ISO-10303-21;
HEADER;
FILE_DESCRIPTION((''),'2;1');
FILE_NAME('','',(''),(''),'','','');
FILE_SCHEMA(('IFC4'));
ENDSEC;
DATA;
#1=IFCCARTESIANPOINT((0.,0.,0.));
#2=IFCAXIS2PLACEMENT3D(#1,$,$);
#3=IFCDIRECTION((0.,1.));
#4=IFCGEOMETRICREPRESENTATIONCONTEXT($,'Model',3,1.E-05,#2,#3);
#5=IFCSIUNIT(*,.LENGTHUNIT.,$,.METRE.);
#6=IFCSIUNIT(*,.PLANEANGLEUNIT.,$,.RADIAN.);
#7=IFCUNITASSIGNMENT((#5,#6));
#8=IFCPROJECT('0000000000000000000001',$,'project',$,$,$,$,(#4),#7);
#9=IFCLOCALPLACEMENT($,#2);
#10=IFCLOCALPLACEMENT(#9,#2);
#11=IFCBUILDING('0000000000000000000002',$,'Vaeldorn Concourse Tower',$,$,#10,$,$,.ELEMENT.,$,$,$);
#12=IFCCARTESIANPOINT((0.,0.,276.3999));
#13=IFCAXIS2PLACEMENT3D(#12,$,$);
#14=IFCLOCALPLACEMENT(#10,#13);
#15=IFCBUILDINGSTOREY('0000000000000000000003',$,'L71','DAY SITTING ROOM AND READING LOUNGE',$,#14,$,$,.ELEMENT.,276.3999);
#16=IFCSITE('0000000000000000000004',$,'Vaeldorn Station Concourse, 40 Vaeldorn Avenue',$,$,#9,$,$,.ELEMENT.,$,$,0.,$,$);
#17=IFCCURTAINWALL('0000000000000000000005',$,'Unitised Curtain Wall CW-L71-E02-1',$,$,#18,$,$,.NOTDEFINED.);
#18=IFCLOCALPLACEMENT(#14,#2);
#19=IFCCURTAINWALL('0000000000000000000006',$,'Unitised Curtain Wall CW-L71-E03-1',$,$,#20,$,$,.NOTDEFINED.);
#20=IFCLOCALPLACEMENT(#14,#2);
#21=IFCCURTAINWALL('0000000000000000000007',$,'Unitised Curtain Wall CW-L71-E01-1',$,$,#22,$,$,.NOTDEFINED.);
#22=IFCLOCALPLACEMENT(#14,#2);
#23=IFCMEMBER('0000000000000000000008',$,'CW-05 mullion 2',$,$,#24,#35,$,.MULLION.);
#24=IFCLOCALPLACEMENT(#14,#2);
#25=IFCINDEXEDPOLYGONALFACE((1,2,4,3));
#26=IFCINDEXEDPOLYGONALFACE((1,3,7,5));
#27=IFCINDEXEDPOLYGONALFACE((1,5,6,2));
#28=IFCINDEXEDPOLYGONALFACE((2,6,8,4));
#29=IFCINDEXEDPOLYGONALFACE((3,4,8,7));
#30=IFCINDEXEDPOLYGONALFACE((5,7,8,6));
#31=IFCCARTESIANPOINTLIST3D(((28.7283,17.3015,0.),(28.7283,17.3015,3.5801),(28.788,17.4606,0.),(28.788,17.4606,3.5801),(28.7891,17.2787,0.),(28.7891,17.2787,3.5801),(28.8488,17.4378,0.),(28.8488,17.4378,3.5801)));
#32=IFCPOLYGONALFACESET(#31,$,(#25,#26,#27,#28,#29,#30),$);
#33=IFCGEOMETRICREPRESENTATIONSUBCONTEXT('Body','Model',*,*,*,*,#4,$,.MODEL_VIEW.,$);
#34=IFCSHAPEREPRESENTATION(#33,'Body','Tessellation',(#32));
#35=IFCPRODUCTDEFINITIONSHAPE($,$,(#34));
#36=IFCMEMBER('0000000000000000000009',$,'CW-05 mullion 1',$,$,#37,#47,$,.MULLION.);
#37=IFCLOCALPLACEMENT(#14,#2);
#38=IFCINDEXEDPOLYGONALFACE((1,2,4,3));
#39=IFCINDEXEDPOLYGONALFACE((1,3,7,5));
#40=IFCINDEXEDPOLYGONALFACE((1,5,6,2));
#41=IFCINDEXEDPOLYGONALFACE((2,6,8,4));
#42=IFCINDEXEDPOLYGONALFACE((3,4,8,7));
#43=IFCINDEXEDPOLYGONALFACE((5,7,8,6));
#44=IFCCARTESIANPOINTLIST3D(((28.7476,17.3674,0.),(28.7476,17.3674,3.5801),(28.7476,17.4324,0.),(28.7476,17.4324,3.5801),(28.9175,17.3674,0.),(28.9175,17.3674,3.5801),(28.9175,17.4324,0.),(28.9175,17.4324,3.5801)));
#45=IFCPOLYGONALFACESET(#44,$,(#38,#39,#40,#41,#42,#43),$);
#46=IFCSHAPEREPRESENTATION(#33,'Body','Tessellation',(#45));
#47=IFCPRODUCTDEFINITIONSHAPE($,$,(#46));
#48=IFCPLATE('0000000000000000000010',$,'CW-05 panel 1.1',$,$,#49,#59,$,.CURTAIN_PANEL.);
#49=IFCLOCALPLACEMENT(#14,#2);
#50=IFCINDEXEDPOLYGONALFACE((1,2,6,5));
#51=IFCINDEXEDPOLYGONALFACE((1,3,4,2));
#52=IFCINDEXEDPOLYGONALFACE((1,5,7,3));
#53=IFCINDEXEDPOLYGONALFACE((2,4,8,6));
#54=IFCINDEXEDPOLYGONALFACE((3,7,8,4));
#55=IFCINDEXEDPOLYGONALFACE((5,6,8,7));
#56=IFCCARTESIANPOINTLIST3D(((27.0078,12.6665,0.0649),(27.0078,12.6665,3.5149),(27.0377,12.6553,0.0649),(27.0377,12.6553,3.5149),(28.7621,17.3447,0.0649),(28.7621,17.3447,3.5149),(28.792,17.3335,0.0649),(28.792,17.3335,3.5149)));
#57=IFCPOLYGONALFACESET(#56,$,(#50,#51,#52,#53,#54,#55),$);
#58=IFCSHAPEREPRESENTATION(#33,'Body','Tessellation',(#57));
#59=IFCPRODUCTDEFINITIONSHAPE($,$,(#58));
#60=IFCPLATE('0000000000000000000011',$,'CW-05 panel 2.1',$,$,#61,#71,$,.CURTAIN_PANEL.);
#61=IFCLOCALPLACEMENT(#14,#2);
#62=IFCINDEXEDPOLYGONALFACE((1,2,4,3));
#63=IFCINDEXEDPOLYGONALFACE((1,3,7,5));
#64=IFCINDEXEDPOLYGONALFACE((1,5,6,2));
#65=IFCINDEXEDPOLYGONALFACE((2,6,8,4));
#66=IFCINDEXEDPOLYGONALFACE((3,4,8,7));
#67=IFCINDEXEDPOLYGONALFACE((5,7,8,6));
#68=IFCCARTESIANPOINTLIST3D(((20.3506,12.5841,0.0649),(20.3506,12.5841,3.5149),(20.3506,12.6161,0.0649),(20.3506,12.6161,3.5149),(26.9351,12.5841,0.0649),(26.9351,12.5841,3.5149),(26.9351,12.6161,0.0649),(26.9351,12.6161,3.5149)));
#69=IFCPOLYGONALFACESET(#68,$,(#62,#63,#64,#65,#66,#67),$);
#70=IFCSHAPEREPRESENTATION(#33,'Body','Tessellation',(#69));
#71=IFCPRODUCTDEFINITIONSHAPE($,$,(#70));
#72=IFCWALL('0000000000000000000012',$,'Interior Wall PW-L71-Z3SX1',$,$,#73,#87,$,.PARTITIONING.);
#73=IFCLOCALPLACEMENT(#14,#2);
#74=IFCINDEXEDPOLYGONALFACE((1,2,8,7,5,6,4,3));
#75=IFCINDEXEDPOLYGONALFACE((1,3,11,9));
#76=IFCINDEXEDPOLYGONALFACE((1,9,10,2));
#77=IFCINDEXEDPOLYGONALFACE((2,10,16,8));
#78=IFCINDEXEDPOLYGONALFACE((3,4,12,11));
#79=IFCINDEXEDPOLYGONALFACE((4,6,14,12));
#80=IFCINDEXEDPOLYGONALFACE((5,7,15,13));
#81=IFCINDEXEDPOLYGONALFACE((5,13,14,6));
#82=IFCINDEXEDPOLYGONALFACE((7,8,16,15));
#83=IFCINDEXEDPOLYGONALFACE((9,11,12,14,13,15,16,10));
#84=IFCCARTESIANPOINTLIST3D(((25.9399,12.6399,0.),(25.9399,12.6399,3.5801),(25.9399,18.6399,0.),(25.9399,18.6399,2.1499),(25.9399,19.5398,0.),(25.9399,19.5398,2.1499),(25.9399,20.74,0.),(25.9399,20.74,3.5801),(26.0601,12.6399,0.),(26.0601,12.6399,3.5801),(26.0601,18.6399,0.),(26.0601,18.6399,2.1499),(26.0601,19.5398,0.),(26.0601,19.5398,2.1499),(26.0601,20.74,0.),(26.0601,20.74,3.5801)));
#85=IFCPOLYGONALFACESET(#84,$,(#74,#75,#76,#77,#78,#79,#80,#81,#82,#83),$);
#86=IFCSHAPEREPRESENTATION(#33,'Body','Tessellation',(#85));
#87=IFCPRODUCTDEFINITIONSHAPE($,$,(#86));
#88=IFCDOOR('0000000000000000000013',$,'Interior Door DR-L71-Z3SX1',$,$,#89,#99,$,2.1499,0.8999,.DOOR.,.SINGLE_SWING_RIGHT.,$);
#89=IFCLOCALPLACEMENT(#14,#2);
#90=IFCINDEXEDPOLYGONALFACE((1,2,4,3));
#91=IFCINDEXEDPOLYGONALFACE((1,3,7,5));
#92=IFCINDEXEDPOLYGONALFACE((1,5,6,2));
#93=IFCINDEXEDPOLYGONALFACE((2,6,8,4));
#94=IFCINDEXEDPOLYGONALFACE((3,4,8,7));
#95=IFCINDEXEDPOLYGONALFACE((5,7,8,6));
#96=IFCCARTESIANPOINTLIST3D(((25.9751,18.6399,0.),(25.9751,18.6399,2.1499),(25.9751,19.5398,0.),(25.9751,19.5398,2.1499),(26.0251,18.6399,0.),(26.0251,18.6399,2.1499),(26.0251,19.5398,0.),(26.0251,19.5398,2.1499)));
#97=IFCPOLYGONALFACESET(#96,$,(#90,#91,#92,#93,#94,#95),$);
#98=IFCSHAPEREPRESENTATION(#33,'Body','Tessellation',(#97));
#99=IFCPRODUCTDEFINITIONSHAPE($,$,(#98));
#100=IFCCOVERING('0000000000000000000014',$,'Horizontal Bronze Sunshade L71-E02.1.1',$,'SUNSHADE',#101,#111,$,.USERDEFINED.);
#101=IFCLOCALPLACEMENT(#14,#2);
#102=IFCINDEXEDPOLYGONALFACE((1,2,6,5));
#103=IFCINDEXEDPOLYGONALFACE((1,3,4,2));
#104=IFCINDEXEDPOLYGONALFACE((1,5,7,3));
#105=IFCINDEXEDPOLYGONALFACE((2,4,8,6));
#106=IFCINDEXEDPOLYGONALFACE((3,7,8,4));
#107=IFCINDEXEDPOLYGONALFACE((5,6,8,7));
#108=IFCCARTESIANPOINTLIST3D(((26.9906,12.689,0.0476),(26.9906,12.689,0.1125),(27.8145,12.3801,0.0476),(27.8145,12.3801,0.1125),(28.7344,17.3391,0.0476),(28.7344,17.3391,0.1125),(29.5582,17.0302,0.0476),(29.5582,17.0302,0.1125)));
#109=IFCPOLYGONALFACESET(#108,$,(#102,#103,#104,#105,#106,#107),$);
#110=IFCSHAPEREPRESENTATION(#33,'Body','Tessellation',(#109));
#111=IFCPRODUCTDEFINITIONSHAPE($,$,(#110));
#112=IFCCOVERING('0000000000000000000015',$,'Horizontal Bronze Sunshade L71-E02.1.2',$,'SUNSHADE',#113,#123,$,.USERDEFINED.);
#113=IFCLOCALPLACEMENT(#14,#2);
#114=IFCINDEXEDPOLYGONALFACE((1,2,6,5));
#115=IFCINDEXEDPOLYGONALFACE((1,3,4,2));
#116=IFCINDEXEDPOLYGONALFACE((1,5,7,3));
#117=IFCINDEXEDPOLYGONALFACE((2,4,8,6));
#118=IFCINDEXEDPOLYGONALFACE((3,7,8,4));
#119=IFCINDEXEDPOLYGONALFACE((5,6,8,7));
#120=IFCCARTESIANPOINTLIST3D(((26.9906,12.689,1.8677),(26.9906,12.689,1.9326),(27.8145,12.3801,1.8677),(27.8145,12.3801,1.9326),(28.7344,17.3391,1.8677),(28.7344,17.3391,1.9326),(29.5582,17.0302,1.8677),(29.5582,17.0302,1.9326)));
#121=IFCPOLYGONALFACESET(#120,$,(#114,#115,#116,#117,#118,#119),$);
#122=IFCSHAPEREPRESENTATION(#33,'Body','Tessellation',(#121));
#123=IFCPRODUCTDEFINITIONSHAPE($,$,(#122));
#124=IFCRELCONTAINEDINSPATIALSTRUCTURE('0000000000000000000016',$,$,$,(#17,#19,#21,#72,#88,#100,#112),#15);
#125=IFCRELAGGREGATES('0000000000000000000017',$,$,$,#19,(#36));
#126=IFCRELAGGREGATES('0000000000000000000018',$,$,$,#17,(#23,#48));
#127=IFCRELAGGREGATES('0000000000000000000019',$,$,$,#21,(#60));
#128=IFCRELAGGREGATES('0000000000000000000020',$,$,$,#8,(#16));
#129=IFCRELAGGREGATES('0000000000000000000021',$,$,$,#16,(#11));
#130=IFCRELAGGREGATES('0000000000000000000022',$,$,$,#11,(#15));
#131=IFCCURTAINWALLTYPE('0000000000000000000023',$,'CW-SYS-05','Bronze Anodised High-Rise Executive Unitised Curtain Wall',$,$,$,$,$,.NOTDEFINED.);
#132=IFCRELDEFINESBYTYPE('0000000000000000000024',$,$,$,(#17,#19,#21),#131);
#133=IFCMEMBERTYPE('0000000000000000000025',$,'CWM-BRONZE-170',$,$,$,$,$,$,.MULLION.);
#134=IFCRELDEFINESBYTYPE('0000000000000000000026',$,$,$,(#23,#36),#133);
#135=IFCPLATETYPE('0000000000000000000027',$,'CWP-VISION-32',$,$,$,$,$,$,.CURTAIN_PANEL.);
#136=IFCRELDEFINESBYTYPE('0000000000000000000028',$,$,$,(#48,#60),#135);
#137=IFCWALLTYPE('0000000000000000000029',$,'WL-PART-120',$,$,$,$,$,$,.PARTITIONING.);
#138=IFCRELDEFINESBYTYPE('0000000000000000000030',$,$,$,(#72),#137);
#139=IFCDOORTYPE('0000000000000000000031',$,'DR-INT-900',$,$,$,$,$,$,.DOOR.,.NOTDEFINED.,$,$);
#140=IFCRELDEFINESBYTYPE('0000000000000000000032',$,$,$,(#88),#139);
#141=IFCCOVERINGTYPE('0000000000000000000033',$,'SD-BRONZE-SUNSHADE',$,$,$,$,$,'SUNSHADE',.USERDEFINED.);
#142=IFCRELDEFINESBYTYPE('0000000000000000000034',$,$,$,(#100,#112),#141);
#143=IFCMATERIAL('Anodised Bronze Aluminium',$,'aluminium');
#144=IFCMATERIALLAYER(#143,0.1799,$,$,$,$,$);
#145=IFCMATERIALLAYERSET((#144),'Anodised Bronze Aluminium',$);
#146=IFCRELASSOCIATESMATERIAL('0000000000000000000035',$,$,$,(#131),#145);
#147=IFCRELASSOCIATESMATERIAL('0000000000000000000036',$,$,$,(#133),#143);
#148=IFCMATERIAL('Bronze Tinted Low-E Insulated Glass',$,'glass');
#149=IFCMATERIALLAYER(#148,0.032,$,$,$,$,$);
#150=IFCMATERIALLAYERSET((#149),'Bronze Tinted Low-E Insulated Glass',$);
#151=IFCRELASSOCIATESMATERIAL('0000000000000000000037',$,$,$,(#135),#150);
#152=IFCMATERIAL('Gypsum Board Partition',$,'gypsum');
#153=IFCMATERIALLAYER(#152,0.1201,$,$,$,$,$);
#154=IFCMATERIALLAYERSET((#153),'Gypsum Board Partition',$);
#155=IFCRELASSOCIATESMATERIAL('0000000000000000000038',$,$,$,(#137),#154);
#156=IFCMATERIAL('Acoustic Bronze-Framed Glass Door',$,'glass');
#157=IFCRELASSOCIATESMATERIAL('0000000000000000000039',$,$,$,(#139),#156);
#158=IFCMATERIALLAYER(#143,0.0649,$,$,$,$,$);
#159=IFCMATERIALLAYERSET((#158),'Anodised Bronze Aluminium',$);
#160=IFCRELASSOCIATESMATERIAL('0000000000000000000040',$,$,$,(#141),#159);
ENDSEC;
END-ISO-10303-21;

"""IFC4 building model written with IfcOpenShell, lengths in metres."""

from ifc_helpers import new_model, si_unit, direction, frame, frame_2d, origin, origin_2d, place, context, subcontext, project, spatial, rectangle, extrude, source, transform, mapped, material, layer, layer_set, material_profile, profile_set, type_object, element, fill, aggregate, save


model = new_model("IFC4")

# Units and contexts
model_context = context("Model", 3, precision=1e-05, world=origin(), true_north=direction((0.0, 1.0)))
body_context = subcontext(model_context, "Body", "Model", "MODEL_VIEW")
ifc_project = project(units=[si_unit("LENGTHUNIT", "METRE"), si_unit("PLANEANGLEUNIT", "RADIAN")], contexts=[model_context])

# Site, building, storey
site_placement = place(None, origin())
site = spatial("IfcSite", under=ifc_project, at=site_placement, Name="Vaeldorn Station Concourse, 40 Vaeldorn Avenue", CompositionType="ELEMENT", RefElevation=0.0)
building_placement = place(site_placement, origin())
building = spatial("IfcBuilding", under=site, at=building_placement, Name="Vaeldorn Concourse Tower", CompositionType="ELEMENT")
storey_placement = place(building_placement, frame((0.0, 0.0, 276.3999)))
storey = spatial("IfcBuildingStorey", under=building, at=storey_placement, Name="L71", Description="DAY SITTING ROOM AND READING LOUNGE", CompositionType="ELEMENT", Elevation=276.3999)

# Curtain walls
ifc_material_1 = material(Name="Anodised Bronze Aluminium", Category="aluminium")
ifc_layer_1 = layer(ifc_material_1, 0.1799)
ifc_layer_set_1 = layer_set([ifc_layer_1], Name="Anodised Bronze Aluminium")
curtain_wall_type = type_object("IfcCurtainWallType", Name="CW-SYS-05", Description="Bronze Anodised High-Rise Executive Unitised Curtain Wall", PredefinedType="NOTDEFINED", material=ifc_layer_set_1)
curtain_wall_1_placement = place(storey_placement, origin())
curtain_wall_1 = element("IfcCurtainWall", 1, at=curtain_wall_1_placement, inside=storey, type_object=curtain_wall_type, Name="Unitised Curtain Wall CW-L71-E02-1", PredefinedType="NOTDEFINED")
curtain_wall_2_placement = place(storey_placement, origin())
curtain_wall_2 = element("IfcCurtainWall", 2, at=curtain_wall_2_placement, inside=storey, type_object=curtain_wall_type, Name="Unitised Curtain Wall CW-L71-E03-1", PredefinedType="NOTDEFINED")

# Curtain wall
curtain_wall_3_placement = place(storey_placement, origin())
curtain_wall_3 = element("IfcCurtainWall", 3, at=curtain_wall_3_placement, inside=storey, type_object=curtain_wall_type, Name="Unitised Curtain Wall CW-L71-E01-1", PredefinedType="NOTDEFINED")
ifc_material_profile_1 = material_profile(ifc_material_1, rectangle(XDim=0.0649, YDim=0.1699, at=origin_2d()), Name="CWM 65x170")
ifc_profile_set_1 = profile_set([ifc_material_profile_1], Name="Anodised Bronze Aluminium")
member_type_1 = type_object("IfcMemberType", Name="CWM-BRONZE-170", PredefinedType="MULLION", material=ifc_profile_set_1)
shared_shape_1 = source(origin(), body_context, "Body", "SweptSolid", [
    extrude(rectangle(XDim=0.0649, YDim=0.1699, at=origin_2d()), origin(), (0.0, 0.0, 1.0), 3.5801),
])

# Members
member_1_placement = place(storey_placement, frame((28.7886, 17.3696, 0.0), z_axis=(0.0, 0.0, 1.0), x_axis=(-0.936329, 0.351123, 0.0)))
member_1 = element("IfcMember", 4, at=member_1_placement, type_object=member_type_1, Name="CW-05 mullion 2", PredefinedType="MULLION", context=body_context, shape_type="MappedRepresentation", body=[
    mapped(shared_shape_1, transform((0.0, 0.0, 0.0), scale=1.0)),
])
member_2_placement = place(storey_placement, frame((28.8325, 17.3999, 0.0), z_axis=(0.0, 0.0, 1.0), x_axis=(0.0, 1.0, 0.0)))
member_2 = element("IfcMember", 5, at=member_2_placement, type_object=member_type_1, Name="CW-05 mullion 1", PredefinedType="MULLION", context=body_context, shape_type="MappedRepresentation", body=[
    mapped(shared_shape_1, transform((0.0, 0.0, 0.0), scale=1.0)),
])
aggregate(curtain_wall_2, [member_2])

# Plates
ifc_material_2 = material(Name="Bronze Tinted Low-E Insulated Glass", Category="glass")
ifc_layer_2 = layer(ifc_material_2, 0.032)
ifc_layer_set_2 = layer_set([ifc_layer_2], Name="Bronze Tinted Low-E Insulated Glass")
plate_type = type_object("IfcPlateType", Name="CWP-VISION-32", PredefinedType="CURTAIN_PANEL", material=ifc_layer_set_2)
shared_shape_2 = source(origin(), body_context, "Body", "SweptSolid", [
    extrude(rectangle(XDim=4.9963, YDim=0.032, at=origin_2d()), origin(), (0.0, 0.0, 1.0), 3.45),
])
plate_1_placement = place(storey_placement, frame((27.8999, 15.0, 0.0649), z_axis=(0.0, 0.0, 1.0), x_axis=(0.351123, 0.936329, 0.0)))
plate_1 = element("IfcPlate", 6, at=plate_1_placement, type_object=plate_type, Name="CW-05 panel 1.1", PredefinedType="CURTAIN_PANEL", context=body_context, shape_type="MappedRepresentation", body=[
    mapped(shared_shape_2, transform((0.0, 0.0, 0.0), scale=1.0)),
])
aggregate(curtain_wall_1, [member_1, plate_1])
shared_shape_3 = source(origin(), body_context, "Body", "SweptSolid", [
    extrude(rectangle(XDim=6.5845, YDim=0.032, at=origin_2d()), origin(), (0.0, 0.0, 1.0), 3.45),
])
plate_2_placement = place(storey_placement, frame((23.6428, 12.6001, 0.0649), z_axis=(0.0, 0.0, 1.0), x_axis=(1.0, 0.0, 0.0)))
plate_2 = element("IfcPlate", 7, at=plate_2_placement, type_object=plate_type, Name="CW-05 panel 2.1", PredefinedType="CURTAIN_PANEL", context=body_context, shape_type="MappedRepresentation", body=[
    mapped(shared_shape_3, transform((0.0, 0.0, 0.0), scale=1.0)),
])
aggregate(curtain_wall_3, [plate_2])

# Wall, opening, door
ifc_material_3 = material(Name="Gypsum Board Partition", Category="gypsum")
ifc_layer_3 = layer(ifc_material_3, 0.1201)
ifc_layer_set_3 = layer_set([ifc_layer_3], Name="Gypsum Board Partition")
wall_type = type_object("IfcWallType", Name="WL-PART-120", PredefinedType="PARTITIONING", material=ifc_layer_set_3)
wall_placement = place(storey_placement, frame((26.0, 12.6399, 0.0), z_axis=(0.0, 0.0, 1.0), x_axis=(0.0, 1.0, 0.0)))
wall = element("IfcWall", 8, at=wall_placement, inside=storey, type_object=wall_type, Name="Interior Wall PW-L71-Z3SX1", PredefinedType="PARTITIONING", context=body_context, shape_type="SweptSolid", body=[
    extrude(rectangle(XDim=8.1001, YDim=0.1201, at=frame_2d((4.05, 0.0))), origin(), (0.0, 0.0, 1.0), 3.5801),
])
opening_placement = place(wall_placement, frame((6.0, 0.0, 0.0)))
opening = element("IfcOpeningElement", 9, at=opening_placement, cuts=wall, PredefinedType="OPENING", context=body_context, shape_type="SweptSolid", body=[
    extrude(rectangle(XDim=0.8999, YDim=2.1499, at=frame_2d((0.45, 1.075))), frame((0.0, 0.0701, 0.0), z_axis=(0.0, -1.0, 0.0), x_axis=(1.0, 0.0, 0.0)), (0.0, 0.0, 1.0), 0.1401),
])
ifc_material_4 = material(Name="Acoustic Bronze-Framed Glass Door", Category="glass")
door_type = type_object("IfcDoorType", Name="DR-INT-900", OperationType="NOTDEFINED", PredefinedType="DOOR", material=ifc_material_4)
shared_shape_4 = source(origin(), body_context, "Body", "SweptSolid", [
    extrude(rectangle(XDim=0.8999, YDim=2.1499, at=frame_2d((0.45, 1.075))), frame((0.0, 0.0249, 0.0), z_axis=(0.0, -1.0, 0.0), x_axis=(1.0, 0.0, 0.0)), (0.0, 0.0, 1.0), 0.05),
])
door_placement = place(opening_placement, origin())
door = element("IfcDoor", 10, at=door_placement, inside=storey, type_object=door_type, Name="Interior Door DR-L71-Z3SX1", OperationType="SINGLE_SWING_RIGHT", OverallHeight=2.1499, OverallWidth=0.8999, PredefinedType="DOOR", context=body_context, shape_type="MappedRepresentation", body=[
    mapped(shared_shape_4, transform((0.0, 0.0, 0.0), scale=1.0)),
])
fill(opening, door)

# Coverings
ifc_layer_4 = layer(ifc_material_1, 0.0649)
ifc_layer_set_4 = layer_set([ifc_layer_4], Name="Anodised Bronze Aluminium")
covering_type = type_object("IfcCoveringType", Name="SD-BRONZE-SUNSHADE", ElementType="SUNSHADE", PredefinedType="USERDEFINED", material=ifc_layer_set_4)
shared_shape_5 = source(origin(), body_context, "Body", "SweptSolid", [
    extrude(rectangle(XDim=4.9663, YDim=0.8799, at=origin_2d()), origin(), (0.0, 0.0, 1.0), 0.0649),
])
for number, where, z_axis, x_axis, name in (
    (11, (28.2744, 14.8596, 0.0476), (0.0, 0.0, 1.0), (0.351123, 0.936329, 0.0), "Horizontal Bronze Sunshade L71-E02.1.1"),
    (12, (28.2744, 14.8596, 1.8677), (0.0, 0.0, 1.0), (0.351123, 0.936329, 0.0), "Horizontal Bronze Sunshade L71-E02.1.2"),
):
    element("IfcCovering", number, at=place(storey_placement, frame(where, z_axis=z_axis, x_axis=x_axis)), inside=storey, type_object=covering_type, Name=name, ObjectType="SUNSHADE", PredefinedType="USERDEFINED", context=body_context, shape_type="MappedRepresentation", body=[
        mapped(shared_shape_5, transform((0.0, 0.0, 0.0), scale=1.0)),
    ])

save(model, "model.ifc")
